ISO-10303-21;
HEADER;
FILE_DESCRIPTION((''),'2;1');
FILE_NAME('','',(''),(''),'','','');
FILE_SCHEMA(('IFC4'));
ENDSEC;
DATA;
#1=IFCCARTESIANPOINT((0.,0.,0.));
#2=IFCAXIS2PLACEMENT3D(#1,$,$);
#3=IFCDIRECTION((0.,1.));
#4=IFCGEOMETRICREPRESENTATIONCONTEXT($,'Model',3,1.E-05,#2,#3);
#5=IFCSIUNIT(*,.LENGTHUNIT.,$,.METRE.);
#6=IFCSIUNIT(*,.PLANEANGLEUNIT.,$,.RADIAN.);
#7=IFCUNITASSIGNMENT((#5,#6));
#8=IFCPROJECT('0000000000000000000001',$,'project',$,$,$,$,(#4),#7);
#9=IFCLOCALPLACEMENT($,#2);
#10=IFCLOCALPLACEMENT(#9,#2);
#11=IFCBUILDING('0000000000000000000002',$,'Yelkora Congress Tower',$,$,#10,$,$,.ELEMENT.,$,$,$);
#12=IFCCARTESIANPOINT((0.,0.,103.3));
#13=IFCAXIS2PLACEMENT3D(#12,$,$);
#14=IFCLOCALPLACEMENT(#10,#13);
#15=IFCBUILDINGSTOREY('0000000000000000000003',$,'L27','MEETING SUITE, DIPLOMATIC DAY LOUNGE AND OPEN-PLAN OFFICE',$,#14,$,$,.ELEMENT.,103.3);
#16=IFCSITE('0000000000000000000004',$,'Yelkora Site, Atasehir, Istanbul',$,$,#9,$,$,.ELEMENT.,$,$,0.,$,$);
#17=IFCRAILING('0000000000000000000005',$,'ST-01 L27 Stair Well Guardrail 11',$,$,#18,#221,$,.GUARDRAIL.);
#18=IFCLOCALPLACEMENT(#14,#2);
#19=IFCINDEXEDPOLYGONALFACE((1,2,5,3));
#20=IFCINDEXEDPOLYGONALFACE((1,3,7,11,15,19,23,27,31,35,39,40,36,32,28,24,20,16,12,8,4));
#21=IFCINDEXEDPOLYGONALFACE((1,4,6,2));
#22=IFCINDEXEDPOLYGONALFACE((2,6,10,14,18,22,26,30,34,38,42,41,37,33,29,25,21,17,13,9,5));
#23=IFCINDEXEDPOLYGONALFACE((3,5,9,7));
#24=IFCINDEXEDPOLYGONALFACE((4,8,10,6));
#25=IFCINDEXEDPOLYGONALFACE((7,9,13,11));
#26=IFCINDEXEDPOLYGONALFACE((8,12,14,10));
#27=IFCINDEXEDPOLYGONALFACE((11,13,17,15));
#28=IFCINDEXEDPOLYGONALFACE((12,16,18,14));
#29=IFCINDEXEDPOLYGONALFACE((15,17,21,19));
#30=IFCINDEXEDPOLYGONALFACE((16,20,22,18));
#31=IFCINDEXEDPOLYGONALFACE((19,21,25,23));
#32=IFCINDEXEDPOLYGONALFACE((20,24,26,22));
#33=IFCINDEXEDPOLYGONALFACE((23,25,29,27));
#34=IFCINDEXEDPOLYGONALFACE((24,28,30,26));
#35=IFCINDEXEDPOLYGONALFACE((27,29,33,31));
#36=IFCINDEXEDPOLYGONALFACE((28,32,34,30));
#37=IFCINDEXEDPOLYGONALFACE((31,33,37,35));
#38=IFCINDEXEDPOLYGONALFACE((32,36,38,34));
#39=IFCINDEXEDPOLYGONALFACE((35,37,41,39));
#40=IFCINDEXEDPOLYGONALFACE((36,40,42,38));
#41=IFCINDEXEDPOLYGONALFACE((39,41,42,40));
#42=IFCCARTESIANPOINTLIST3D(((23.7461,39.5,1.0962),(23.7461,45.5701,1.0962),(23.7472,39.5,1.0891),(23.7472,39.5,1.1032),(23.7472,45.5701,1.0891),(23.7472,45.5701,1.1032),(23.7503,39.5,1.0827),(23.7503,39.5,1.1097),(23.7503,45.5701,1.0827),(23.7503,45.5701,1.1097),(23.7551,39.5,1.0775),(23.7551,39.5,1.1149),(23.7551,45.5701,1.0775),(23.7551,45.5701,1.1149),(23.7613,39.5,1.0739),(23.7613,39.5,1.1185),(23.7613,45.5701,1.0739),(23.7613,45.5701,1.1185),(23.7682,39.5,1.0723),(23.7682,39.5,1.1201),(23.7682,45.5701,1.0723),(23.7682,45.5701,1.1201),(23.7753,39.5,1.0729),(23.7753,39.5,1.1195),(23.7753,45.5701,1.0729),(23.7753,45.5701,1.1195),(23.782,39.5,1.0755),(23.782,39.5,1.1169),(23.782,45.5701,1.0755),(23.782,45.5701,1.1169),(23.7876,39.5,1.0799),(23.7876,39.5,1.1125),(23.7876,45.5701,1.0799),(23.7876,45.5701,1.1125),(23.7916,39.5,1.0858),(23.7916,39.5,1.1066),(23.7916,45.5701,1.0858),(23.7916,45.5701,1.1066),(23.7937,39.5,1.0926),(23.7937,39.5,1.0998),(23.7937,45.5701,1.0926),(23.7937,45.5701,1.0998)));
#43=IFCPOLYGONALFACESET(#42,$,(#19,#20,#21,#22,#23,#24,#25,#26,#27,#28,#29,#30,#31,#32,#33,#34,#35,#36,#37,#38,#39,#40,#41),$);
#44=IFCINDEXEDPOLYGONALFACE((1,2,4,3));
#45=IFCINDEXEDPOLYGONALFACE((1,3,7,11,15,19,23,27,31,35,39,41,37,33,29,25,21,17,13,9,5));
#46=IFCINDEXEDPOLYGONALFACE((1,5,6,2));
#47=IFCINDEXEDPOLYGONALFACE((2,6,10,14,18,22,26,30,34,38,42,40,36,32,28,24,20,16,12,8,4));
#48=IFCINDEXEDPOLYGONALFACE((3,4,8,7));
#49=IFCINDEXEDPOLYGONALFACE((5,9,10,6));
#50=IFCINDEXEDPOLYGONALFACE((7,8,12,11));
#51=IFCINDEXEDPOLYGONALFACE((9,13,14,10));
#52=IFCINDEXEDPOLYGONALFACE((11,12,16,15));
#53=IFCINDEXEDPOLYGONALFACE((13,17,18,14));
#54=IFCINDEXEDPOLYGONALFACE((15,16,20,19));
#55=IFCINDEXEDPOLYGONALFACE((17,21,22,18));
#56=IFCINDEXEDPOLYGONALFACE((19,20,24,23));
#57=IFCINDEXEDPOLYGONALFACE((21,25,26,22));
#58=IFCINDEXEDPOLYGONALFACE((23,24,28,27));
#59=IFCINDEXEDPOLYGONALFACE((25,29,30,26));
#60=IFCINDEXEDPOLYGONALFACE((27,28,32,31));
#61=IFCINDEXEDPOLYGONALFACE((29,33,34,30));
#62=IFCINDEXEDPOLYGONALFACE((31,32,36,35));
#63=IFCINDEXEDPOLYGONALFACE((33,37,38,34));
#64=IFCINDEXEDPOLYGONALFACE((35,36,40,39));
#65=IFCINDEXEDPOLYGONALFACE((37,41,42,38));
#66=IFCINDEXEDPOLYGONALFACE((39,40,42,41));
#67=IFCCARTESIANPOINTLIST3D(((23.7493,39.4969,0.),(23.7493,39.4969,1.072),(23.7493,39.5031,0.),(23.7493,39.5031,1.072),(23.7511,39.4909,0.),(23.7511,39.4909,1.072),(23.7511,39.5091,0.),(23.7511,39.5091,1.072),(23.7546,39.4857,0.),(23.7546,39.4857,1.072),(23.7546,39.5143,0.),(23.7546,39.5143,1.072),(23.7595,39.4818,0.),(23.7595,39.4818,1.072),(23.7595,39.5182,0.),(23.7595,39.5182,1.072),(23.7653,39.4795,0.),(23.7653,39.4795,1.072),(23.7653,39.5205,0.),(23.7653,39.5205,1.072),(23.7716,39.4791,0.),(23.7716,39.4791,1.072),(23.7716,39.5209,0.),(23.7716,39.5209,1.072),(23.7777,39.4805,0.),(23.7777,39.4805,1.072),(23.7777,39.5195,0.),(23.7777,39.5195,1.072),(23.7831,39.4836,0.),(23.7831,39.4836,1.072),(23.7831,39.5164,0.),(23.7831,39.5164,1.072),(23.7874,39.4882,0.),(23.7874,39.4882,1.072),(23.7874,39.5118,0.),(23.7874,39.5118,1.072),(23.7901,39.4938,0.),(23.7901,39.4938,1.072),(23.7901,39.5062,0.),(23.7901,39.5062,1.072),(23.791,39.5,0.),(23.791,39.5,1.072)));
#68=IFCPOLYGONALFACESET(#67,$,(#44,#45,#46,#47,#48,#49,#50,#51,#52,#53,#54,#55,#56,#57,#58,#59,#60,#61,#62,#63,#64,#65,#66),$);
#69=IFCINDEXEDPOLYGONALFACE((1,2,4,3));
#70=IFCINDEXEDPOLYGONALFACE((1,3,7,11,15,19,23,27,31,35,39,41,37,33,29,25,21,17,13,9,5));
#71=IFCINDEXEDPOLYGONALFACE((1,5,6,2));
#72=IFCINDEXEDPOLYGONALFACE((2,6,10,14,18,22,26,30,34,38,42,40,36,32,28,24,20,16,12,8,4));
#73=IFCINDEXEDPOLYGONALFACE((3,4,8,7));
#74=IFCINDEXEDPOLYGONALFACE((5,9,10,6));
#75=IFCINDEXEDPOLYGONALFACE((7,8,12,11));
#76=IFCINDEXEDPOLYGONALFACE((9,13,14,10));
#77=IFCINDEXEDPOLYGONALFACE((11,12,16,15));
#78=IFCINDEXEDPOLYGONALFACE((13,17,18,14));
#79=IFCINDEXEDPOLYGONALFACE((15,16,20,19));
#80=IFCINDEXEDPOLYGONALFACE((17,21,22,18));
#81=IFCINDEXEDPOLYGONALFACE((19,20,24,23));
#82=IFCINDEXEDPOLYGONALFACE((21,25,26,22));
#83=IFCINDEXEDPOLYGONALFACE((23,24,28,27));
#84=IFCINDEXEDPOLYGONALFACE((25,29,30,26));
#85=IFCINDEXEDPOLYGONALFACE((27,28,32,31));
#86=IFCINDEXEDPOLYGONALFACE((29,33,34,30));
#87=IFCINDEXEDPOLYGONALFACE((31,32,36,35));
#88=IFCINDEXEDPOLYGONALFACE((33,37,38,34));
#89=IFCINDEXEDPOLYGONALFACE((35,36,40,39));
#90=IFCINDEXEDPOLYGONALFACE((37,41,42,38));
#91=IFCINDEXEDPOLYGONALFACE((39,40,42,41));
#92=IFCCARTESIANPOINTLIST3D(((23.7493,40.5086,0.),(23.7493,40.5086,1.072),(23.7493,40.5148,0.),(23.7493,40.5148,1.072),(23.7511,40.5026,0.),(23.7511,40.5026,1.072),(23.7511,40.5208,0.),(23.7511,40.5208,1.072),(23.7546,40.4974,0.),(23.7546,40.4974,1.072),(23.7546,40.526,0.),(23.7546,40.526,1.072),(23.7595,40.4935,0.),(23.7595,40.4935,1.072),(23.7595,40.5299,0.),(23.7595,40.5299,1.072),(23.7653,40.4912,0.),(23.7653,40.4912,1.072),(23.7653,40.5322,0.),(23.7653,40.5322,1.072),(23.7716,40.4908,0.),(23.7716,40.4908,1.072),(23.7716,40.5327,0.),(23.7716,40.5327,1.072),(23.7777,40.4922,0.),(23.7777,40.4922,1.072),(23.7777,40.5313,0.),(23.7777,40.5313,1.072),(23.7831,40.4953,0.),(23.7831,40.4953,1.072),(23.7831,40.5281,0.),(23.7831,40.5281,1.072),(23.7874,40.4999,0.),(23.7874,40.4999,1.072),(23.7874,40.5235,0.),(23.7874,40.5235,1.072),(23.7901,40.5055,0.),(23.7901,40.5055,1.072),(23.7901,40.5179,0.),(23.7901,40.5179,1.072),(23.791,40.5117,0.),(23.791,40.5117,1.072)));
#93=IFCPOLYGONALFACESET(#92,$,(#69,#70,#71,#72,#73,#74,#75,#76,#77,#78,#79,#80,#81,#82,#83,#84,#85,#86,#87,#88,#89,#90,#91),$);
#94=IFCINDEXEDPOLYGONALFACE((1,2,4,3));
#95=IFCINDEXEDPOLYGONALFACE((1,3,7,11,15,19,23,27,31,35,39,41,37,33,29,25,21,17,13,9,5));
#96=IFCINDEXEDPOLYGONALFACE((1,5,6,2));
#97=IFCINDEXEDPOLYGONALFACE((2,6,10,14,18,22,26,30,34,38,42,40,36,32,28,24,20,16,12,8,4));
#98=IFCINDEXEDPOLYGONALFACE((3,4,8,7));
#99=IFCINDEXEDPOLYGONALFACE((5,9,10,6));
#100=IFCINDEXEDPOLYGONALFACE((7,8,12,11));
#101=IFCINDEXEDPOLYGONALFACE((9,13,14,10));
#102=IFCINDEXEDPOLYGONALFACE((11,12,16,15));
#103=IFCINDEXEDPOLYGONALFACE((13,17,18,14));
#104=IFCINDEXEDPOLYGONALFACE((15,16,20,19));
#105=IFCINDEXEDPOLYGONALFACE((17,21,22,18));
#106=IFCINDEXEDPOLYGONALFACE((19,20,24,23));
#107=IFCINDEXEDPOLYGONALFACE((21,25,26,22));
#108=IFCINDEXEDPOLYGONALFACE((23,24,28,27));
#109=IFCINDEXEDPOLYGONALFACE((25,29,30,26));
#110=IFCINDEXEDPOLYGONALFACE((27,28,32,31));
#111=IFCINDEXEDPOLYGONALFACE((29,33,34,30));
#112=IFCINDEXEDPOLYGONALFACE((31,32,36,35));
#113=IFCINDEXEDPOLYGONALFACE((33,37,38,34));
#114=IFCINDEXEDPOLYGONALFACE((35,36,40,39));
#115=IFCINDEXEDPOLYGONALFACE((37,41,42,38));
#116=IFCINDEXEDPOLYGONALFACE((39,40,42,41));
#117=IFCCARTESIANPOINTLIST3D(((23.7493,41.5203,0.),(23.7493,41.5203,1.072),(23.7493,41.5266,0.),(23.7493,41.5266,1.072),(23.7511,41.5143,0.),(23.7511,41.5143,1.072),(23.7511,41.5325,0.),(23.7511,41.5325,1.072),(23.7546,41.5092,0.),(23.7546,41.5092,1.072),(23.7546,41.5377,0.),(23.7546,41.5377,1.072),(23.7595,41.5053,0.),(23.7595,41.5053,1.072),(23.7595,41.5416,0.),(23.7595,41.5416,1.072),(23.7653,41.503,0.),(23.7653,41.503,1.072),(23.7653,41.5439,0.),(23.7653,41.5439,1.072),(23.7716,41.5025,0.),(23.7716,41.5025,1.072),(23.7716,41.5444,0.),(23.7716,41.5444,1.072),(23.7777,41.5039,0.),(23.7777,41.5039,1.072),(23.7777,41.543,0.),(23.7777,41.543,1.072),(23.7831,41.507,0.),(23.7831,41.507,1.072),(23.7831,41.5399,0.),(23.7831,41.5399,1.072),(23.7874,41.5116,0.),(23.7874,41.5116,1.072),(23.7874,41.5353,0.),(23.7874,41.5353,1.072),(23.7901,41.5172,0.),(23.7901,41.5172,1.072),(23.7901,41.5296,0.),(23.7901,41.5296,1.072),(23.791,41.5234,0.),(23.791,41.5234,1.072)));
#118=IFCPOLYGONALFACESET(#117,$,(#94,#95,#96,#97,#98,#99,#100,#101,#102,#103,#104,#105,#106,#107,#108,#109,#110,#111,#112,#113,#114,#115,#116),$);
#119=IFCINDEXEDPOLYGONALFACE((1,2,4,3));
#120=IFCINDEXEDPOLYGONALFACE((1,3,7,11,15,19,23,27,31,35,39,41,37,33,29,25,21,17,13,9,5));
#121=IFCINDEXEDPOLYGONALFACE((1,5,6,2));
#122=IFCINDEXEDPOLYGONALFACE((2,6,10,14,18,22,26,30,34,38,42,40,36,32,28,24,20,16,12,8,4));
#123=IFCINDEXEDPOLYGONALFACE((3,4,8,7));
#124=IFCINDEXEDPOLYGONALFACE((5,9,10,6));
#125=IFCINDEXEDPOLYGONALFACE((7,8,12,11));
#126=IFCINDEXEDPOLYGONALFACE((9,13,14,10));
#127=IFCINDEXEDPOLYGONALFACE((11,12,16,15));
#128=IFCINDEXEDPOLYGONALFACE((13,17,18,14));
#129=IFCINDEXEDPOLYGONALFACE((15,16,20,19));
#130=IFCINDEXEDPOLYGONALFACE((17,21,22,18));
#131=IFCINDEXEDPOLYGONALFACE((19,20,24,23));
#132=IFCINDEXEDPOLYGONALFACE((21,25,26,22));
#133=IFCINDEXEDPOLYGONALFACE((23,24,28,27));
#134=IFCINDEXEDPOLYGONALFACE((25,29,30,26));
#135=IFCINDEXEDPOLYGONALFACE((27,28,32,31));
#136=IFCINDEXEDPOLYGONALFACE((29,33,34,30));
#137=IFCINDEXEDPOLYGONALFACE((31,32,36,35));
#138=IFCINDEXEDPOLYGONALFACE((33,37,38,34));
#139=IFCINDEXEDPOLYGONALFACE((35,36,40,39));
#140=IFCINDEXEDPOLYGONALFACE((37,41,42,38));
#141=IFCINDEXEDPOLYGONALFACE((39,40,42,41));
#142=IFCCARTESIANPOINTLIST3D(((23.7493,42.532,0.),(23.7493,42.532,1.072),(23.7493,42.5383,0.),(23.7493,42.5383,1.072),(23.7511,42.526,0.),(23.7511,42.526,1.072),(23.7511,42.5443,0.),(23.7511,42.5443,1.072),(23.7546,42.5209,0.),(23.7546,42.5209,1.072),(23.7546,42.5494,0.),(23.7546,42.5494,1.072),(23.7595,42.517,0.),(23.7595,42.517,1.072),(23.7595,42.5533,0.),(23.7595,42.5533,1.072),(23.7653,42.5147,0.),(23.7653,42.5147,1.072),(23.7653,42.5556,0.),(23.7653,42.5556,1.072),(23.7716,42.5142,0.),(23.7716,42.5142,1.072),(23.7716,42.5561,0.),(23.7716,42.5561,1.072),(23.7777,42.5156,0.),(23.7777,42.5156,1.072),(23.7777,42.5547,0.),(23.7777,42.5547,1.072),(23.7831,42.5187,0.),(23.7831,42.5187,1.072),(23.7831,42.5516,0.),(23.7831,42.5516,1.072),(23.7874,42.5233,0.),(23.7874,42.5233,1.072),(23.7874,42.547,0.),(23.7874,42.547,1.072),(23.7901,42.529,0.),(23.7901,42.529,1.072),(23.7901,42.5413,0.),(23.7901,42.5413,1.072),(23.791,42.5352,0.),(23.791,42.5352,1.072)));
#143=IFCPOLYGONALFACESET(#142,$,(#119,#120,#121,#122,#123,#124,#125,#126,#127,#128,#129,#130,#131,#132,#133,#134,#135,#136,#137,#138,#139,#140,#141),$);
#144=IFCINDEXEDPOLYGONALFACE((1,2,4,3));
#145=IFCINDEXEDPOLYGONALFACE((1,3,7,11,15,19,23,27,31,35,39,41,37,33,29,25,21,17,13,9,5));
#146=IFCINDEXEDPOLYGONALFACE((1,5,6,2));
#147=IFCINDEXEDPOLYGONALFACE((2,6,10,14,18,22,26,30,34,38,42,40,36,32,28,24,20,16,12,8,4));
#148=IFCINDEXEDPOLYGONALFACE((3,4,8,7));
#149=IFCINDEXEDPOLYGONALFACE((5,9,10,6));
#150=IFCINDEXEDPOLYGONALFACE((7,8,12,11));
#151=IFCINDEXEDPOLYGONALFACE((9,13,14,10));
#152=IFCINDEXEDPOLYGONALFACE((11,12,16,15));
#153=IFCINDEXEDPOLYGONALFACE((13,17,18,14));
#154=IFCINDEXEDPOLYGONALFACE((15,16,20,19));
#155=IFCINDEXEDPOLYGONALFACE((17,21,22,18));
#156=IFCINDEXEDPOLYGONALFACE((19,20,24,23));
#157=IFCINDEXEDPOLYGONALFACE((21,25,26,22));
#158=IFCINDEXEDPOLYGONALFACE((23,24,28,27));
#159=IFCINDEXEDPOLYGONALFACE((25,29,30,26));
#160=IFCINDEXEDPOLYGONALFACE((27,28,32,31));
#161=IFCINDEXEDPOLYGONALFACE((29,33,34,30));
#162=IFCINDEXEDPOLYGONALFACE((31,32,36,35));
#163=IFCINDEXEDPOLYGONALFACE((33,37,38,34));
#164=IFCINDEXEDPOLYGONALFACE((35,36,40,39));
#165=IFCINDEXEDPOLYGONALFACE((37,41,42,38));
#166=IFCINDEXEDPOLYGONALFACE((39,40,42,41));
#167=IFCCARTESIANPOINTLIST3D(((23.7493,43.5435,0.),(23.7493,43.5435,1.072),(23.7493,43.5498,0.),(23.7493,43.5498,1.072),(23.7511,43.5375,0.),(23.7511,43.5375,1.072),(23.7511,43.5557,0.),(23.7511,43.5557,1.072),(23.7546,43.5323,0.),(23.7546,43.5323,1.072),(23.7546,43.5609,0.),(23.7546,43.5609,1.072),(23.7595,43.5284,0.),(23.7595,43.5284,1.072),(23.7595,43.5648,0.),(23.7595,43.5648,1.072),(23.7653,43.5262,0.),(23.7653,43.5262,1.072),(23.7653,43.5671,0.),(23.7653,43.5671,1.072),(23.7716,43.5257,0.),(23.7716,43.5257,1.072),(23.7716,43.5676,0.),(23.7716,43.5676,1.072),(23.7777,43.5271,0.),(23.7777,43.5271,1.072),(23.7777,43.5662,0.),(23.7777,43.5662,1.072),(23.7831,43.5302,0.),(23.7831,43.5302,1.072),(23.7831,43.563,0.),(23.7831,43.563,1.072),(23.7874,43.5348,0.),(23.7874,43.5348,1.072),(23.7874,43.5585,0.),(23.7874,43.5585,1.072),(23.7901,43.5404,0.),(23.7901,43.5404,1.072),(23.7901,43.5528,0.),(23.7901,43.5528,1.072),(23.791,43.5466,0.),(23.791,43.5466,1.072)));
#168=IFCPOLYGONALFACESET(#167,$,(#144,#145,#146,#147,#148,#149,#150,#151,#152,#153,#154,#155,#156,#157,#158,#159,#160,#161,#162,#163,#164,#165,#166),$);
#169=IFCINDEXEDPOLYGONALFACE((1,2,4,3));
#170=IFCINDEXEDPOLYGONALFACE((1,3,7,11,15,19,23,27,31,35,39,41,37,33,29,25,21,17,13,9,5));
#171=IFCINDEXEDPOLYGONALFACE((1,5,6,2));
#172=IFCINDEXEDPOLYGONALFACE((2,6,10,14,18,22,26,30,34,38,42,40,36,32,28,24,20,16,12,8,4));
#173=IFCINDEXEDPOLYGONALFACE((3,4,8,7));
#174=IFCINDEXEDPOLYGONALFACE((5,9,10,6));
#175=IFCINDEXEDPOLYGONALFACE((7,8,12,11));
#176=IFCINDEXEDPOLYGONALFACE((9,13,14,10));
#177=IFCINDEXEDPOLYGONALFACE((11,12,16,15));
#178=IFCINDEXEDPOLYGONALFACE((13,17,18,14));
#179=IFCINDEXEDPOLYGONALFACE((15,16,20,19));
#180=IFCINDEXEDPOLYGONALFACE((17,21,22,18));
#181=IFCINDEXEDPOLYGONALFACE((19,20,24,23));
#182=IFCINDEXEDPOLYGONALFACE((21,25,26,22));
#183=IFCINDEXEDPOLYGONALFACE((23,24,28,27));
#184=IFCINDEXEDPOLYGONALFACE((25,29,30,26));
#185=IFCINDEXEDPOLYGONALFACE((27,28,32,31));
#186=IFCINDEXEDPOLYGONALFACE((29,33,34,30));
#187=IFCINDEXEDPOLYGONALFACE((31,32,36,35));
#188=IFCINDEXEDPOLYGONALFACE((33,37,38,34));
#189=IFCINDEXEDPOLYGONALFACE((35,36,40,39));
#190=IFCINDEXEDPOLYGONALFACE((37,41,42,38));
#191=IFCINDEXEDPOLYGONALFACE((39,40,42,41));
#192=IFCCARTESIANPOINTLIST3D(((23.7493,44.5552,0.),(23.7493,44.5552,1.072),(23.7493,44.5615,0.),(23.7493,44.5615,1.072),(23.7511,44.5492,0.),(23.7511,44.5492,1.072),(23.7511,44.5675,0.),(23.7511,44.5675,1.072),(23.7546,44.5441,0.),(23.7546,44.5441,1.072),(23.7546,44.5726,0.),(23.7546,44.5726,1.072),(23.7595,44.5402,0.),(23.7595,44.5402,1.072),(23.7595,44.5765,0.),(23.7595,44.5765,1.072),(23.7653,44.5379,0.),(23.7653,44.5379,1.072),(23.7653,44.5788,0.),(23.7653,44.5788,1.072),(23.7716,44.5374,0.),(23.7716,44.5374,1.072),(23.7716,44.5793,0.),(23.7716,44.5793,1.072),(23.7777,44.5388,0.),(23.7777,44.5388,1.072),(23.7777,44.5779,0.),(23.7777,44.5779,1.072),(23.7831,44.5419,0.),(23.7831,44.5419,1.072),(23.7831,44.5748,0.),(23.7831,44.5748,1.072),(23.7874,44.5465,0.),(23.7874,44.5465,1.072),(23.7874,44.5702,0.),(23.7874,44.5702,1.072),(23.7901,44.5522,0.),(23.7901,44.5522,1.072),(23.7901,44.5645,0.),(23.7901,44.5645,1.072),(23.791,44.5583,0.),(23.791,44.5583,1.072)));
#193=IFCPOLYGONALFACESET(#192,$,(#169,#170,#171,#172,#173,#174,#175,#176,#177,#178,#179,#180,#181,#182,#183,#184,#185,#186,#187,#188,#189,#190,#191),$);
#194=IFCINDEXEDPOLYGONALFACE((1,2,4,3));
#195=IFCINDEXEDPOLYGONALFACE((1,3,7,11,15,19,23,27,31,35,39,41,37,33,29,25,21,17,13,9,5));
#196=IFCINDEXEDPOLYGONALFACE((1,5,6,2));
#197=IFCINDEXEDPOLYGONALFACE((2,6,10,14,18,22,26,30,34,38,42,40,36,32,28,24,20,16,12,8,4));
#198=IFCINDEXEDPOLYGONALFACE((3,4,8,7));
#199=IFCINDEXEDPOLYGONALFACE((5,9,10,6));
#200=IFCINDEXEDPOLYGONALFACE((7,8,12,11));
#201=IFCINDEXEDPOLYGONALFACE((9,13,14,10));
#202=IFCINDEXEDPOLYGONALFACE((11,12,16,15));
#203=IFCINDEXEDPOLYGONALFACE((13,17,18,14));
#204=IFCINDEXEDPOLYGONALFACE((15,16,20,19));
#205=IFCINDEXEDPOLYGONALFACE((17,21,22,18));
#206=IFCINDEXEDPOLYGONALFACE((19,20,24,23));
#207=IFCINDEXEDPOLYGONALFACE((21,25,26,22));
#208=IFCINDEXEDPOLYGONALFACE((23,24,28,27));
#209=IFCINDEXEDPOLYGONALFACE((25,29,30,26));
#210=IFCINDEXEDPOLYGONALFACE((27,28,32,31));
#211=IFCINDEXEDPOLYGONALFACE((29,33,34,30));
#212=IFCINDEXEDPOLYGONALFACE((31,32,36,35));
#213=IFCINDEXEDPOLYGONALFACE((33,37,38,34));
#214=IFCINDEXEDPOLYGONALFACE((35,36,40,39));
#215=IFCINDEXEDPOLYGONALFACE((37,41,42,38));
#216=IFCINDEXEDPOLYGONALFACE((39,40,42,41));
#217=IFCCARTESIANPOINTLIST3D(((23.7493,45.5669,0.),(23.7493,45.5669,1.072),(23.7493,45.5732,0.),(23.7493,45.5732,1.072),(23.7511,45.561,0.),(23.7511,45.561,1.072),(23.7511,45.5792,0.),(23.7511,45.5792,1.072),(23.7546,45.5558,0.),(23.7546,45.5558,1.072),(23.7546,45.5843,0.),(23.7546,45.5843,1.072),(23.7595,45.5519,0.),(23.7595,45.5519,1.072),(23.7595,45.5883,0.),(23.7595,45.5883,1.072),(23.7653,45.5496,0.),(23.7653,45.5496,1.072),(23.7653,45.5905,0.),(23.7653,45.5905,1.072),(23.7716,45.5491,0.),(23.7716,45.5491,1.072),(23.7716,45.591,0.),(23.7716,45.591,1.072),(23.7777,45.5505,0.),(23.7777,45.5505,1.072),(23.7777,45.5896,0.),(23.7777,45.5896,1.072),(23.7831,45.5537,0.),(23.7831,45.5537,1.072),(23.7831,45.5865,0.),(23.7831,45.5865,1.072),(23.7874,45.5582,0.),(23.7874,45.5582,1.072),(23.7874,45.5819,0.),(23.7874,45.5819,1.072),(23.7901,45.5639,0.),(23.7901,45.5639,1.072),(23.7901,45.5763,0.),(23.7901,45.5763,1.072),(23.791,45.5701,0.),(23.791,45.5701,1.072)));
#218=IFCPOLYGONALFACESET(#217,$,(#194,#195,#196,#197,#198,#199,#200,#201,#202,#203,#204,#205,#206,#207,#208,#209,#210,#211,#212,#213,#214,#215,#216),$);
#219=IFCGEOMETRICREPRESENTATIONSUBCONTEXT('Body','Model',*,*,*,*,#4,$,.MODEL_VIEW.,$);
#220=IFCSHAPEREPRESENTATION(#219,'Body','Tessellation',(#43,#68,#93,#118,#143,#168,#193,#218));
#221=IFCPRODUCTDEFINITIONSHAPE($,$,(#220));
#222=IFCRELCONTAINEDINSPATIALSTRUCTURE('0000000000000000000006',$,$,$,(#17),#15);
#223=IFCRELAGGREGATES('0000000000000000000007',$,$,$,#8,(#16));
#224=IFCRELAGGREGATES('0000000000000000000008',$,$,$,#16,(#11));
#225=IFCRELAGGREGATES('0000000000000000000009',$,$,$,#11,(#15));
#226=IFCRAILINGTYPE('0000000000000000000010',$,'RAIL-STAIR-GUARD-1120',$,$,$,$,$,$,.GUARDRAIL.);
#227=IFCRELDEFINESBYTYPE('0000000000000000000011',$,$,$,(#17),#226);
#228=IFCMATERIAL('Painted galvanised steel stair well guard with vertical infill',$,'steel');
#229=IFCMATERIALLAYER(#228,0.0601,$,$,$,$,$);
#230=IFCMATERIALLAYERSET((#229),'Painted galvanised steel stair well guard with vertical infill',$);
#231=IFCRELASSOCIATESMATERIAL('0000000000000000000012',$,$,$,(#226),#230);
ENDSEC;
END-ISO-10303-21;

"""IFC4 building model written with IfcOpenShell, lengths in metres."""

from ifc_helpers import new_model, si_unit, direction, frame, origin, origin_2d, place, context, subcontext, project, spatial, circle, extrude, material, layer, layer_set, type_object, element, save


model = new_model("IFC4")

# Units and contexts
model_context = context("Model", 3, precision=1e-05, world=origin(), true_north=direction((0.0, 1.0)))
body_context = subcontext(model_context, "Body", "Model", "MODEL_VIEW")
ifc_project = project(units=[si_unit("LENGTHUNIT", "METRE"), si_unit("PLANEANGLEUNIT", "RADIAN")], contexts=[model_context])

# Site, building, storey
site_placement = place(None, origin())
site = spatial("IfcSite", under=ifc_project, at=site_placement, Name="Yelkora Site, Atasehir, Istanbul", CompositionType="ELEMENT", RefElevation=0.0)
building_placement = place(site_placement, origin())
building = spatial("IfcBuilding", under=site, at=building_placement, Name="Yelkora Congress Tower", CompositionType="ELEMENT")
storey_placement = place(building_placement, frame((0.0, 0.0, 103.3)))
storey = spatial("IfcBuildingStorey", under=building, at=storey_placement, Name="L27", Description="MEETING SUITE, DIPLOMATIC DAY LOUNGE AND OPEN-PLAN OFFICE", CompositionType="ELEMENT", Elevation=103.3)

# Railing
ifc_material_1 = material(Name="Painted galvanised steel stair well guard with vertical infill", Category="steel")
ifc_layer_1 = layer(ifc_material_1, 0.0601)
ifc_layer_set_1 = layer_set([ifc_layer_1], Name="Painted galvanised steel stair well guard with vertical infill")
railing_type_1 = type_object("IfcRailingType", Name="RAIL-STAIR-GUARD-1120", PredefinedType="GUARDRAIL", material=ifc_layer_set_1)
railing_1_placement = place(storey_placement, frame((23.77, 39.5, 0.0)))
element("IfcRailing", 1, at=railing_1_placement, inside=storey, type_object=railing_type_1, Name="ST-01 L27 Stair Well Guardrail 11", PredefinedType="GUARDRAIL", context=body_context, shape_type="SweptSolid", body=[
    extrude(circle(Radius=0.0239, at=origin_2d()), frame((0.0, 0.0, 1.0962), z_axis=(0.0, 1.0, 0.0), x_axis=(-1.0, 0.0, 0.0)), (0.0, 0.0, 1.0), 6.0701),
    extrude(circle(Radius=0.021, at=origin_2d()), origin(), (0.0, 0.0, 1.0), 1.072),
    extrude(circle(Radius=0.021, at=origin_2d()), frame((0.0, 1.0117, 0.0)), (0.0, 0.0, 1.0), 1.072),
    extrude(circle(Radius=0.021, at=origin_2d()), frame((0.0, 2.0234, 0.0)), (0.0, 0.0, 1.0), 1.072),
    extrude(circle(Radius=0.021, at=origin_2d()), frame((0.0, 3.0352, 0.0)), (0.0, 0.0, 1.0), 1.072),
    extrude(circle(Radius=0.021, at=origin_2d()), frame((0.0, 4.0466, 0.0)), (0.0, 0.0, 1.0), 1.072),
    extrude(circle(Radius=0.021, at=origin_2d()), frame((0.0, 5.0583, 0.0)), (0.0, 0.0, 1.0), 1.072),
    extrude(circle(Radius=0.021, at=origin_2d()), frame((0.0, 6.0701, 0.0)), (0.0, 0.0, 1.0), 1.072),
])

save(model, "model.ifc")
